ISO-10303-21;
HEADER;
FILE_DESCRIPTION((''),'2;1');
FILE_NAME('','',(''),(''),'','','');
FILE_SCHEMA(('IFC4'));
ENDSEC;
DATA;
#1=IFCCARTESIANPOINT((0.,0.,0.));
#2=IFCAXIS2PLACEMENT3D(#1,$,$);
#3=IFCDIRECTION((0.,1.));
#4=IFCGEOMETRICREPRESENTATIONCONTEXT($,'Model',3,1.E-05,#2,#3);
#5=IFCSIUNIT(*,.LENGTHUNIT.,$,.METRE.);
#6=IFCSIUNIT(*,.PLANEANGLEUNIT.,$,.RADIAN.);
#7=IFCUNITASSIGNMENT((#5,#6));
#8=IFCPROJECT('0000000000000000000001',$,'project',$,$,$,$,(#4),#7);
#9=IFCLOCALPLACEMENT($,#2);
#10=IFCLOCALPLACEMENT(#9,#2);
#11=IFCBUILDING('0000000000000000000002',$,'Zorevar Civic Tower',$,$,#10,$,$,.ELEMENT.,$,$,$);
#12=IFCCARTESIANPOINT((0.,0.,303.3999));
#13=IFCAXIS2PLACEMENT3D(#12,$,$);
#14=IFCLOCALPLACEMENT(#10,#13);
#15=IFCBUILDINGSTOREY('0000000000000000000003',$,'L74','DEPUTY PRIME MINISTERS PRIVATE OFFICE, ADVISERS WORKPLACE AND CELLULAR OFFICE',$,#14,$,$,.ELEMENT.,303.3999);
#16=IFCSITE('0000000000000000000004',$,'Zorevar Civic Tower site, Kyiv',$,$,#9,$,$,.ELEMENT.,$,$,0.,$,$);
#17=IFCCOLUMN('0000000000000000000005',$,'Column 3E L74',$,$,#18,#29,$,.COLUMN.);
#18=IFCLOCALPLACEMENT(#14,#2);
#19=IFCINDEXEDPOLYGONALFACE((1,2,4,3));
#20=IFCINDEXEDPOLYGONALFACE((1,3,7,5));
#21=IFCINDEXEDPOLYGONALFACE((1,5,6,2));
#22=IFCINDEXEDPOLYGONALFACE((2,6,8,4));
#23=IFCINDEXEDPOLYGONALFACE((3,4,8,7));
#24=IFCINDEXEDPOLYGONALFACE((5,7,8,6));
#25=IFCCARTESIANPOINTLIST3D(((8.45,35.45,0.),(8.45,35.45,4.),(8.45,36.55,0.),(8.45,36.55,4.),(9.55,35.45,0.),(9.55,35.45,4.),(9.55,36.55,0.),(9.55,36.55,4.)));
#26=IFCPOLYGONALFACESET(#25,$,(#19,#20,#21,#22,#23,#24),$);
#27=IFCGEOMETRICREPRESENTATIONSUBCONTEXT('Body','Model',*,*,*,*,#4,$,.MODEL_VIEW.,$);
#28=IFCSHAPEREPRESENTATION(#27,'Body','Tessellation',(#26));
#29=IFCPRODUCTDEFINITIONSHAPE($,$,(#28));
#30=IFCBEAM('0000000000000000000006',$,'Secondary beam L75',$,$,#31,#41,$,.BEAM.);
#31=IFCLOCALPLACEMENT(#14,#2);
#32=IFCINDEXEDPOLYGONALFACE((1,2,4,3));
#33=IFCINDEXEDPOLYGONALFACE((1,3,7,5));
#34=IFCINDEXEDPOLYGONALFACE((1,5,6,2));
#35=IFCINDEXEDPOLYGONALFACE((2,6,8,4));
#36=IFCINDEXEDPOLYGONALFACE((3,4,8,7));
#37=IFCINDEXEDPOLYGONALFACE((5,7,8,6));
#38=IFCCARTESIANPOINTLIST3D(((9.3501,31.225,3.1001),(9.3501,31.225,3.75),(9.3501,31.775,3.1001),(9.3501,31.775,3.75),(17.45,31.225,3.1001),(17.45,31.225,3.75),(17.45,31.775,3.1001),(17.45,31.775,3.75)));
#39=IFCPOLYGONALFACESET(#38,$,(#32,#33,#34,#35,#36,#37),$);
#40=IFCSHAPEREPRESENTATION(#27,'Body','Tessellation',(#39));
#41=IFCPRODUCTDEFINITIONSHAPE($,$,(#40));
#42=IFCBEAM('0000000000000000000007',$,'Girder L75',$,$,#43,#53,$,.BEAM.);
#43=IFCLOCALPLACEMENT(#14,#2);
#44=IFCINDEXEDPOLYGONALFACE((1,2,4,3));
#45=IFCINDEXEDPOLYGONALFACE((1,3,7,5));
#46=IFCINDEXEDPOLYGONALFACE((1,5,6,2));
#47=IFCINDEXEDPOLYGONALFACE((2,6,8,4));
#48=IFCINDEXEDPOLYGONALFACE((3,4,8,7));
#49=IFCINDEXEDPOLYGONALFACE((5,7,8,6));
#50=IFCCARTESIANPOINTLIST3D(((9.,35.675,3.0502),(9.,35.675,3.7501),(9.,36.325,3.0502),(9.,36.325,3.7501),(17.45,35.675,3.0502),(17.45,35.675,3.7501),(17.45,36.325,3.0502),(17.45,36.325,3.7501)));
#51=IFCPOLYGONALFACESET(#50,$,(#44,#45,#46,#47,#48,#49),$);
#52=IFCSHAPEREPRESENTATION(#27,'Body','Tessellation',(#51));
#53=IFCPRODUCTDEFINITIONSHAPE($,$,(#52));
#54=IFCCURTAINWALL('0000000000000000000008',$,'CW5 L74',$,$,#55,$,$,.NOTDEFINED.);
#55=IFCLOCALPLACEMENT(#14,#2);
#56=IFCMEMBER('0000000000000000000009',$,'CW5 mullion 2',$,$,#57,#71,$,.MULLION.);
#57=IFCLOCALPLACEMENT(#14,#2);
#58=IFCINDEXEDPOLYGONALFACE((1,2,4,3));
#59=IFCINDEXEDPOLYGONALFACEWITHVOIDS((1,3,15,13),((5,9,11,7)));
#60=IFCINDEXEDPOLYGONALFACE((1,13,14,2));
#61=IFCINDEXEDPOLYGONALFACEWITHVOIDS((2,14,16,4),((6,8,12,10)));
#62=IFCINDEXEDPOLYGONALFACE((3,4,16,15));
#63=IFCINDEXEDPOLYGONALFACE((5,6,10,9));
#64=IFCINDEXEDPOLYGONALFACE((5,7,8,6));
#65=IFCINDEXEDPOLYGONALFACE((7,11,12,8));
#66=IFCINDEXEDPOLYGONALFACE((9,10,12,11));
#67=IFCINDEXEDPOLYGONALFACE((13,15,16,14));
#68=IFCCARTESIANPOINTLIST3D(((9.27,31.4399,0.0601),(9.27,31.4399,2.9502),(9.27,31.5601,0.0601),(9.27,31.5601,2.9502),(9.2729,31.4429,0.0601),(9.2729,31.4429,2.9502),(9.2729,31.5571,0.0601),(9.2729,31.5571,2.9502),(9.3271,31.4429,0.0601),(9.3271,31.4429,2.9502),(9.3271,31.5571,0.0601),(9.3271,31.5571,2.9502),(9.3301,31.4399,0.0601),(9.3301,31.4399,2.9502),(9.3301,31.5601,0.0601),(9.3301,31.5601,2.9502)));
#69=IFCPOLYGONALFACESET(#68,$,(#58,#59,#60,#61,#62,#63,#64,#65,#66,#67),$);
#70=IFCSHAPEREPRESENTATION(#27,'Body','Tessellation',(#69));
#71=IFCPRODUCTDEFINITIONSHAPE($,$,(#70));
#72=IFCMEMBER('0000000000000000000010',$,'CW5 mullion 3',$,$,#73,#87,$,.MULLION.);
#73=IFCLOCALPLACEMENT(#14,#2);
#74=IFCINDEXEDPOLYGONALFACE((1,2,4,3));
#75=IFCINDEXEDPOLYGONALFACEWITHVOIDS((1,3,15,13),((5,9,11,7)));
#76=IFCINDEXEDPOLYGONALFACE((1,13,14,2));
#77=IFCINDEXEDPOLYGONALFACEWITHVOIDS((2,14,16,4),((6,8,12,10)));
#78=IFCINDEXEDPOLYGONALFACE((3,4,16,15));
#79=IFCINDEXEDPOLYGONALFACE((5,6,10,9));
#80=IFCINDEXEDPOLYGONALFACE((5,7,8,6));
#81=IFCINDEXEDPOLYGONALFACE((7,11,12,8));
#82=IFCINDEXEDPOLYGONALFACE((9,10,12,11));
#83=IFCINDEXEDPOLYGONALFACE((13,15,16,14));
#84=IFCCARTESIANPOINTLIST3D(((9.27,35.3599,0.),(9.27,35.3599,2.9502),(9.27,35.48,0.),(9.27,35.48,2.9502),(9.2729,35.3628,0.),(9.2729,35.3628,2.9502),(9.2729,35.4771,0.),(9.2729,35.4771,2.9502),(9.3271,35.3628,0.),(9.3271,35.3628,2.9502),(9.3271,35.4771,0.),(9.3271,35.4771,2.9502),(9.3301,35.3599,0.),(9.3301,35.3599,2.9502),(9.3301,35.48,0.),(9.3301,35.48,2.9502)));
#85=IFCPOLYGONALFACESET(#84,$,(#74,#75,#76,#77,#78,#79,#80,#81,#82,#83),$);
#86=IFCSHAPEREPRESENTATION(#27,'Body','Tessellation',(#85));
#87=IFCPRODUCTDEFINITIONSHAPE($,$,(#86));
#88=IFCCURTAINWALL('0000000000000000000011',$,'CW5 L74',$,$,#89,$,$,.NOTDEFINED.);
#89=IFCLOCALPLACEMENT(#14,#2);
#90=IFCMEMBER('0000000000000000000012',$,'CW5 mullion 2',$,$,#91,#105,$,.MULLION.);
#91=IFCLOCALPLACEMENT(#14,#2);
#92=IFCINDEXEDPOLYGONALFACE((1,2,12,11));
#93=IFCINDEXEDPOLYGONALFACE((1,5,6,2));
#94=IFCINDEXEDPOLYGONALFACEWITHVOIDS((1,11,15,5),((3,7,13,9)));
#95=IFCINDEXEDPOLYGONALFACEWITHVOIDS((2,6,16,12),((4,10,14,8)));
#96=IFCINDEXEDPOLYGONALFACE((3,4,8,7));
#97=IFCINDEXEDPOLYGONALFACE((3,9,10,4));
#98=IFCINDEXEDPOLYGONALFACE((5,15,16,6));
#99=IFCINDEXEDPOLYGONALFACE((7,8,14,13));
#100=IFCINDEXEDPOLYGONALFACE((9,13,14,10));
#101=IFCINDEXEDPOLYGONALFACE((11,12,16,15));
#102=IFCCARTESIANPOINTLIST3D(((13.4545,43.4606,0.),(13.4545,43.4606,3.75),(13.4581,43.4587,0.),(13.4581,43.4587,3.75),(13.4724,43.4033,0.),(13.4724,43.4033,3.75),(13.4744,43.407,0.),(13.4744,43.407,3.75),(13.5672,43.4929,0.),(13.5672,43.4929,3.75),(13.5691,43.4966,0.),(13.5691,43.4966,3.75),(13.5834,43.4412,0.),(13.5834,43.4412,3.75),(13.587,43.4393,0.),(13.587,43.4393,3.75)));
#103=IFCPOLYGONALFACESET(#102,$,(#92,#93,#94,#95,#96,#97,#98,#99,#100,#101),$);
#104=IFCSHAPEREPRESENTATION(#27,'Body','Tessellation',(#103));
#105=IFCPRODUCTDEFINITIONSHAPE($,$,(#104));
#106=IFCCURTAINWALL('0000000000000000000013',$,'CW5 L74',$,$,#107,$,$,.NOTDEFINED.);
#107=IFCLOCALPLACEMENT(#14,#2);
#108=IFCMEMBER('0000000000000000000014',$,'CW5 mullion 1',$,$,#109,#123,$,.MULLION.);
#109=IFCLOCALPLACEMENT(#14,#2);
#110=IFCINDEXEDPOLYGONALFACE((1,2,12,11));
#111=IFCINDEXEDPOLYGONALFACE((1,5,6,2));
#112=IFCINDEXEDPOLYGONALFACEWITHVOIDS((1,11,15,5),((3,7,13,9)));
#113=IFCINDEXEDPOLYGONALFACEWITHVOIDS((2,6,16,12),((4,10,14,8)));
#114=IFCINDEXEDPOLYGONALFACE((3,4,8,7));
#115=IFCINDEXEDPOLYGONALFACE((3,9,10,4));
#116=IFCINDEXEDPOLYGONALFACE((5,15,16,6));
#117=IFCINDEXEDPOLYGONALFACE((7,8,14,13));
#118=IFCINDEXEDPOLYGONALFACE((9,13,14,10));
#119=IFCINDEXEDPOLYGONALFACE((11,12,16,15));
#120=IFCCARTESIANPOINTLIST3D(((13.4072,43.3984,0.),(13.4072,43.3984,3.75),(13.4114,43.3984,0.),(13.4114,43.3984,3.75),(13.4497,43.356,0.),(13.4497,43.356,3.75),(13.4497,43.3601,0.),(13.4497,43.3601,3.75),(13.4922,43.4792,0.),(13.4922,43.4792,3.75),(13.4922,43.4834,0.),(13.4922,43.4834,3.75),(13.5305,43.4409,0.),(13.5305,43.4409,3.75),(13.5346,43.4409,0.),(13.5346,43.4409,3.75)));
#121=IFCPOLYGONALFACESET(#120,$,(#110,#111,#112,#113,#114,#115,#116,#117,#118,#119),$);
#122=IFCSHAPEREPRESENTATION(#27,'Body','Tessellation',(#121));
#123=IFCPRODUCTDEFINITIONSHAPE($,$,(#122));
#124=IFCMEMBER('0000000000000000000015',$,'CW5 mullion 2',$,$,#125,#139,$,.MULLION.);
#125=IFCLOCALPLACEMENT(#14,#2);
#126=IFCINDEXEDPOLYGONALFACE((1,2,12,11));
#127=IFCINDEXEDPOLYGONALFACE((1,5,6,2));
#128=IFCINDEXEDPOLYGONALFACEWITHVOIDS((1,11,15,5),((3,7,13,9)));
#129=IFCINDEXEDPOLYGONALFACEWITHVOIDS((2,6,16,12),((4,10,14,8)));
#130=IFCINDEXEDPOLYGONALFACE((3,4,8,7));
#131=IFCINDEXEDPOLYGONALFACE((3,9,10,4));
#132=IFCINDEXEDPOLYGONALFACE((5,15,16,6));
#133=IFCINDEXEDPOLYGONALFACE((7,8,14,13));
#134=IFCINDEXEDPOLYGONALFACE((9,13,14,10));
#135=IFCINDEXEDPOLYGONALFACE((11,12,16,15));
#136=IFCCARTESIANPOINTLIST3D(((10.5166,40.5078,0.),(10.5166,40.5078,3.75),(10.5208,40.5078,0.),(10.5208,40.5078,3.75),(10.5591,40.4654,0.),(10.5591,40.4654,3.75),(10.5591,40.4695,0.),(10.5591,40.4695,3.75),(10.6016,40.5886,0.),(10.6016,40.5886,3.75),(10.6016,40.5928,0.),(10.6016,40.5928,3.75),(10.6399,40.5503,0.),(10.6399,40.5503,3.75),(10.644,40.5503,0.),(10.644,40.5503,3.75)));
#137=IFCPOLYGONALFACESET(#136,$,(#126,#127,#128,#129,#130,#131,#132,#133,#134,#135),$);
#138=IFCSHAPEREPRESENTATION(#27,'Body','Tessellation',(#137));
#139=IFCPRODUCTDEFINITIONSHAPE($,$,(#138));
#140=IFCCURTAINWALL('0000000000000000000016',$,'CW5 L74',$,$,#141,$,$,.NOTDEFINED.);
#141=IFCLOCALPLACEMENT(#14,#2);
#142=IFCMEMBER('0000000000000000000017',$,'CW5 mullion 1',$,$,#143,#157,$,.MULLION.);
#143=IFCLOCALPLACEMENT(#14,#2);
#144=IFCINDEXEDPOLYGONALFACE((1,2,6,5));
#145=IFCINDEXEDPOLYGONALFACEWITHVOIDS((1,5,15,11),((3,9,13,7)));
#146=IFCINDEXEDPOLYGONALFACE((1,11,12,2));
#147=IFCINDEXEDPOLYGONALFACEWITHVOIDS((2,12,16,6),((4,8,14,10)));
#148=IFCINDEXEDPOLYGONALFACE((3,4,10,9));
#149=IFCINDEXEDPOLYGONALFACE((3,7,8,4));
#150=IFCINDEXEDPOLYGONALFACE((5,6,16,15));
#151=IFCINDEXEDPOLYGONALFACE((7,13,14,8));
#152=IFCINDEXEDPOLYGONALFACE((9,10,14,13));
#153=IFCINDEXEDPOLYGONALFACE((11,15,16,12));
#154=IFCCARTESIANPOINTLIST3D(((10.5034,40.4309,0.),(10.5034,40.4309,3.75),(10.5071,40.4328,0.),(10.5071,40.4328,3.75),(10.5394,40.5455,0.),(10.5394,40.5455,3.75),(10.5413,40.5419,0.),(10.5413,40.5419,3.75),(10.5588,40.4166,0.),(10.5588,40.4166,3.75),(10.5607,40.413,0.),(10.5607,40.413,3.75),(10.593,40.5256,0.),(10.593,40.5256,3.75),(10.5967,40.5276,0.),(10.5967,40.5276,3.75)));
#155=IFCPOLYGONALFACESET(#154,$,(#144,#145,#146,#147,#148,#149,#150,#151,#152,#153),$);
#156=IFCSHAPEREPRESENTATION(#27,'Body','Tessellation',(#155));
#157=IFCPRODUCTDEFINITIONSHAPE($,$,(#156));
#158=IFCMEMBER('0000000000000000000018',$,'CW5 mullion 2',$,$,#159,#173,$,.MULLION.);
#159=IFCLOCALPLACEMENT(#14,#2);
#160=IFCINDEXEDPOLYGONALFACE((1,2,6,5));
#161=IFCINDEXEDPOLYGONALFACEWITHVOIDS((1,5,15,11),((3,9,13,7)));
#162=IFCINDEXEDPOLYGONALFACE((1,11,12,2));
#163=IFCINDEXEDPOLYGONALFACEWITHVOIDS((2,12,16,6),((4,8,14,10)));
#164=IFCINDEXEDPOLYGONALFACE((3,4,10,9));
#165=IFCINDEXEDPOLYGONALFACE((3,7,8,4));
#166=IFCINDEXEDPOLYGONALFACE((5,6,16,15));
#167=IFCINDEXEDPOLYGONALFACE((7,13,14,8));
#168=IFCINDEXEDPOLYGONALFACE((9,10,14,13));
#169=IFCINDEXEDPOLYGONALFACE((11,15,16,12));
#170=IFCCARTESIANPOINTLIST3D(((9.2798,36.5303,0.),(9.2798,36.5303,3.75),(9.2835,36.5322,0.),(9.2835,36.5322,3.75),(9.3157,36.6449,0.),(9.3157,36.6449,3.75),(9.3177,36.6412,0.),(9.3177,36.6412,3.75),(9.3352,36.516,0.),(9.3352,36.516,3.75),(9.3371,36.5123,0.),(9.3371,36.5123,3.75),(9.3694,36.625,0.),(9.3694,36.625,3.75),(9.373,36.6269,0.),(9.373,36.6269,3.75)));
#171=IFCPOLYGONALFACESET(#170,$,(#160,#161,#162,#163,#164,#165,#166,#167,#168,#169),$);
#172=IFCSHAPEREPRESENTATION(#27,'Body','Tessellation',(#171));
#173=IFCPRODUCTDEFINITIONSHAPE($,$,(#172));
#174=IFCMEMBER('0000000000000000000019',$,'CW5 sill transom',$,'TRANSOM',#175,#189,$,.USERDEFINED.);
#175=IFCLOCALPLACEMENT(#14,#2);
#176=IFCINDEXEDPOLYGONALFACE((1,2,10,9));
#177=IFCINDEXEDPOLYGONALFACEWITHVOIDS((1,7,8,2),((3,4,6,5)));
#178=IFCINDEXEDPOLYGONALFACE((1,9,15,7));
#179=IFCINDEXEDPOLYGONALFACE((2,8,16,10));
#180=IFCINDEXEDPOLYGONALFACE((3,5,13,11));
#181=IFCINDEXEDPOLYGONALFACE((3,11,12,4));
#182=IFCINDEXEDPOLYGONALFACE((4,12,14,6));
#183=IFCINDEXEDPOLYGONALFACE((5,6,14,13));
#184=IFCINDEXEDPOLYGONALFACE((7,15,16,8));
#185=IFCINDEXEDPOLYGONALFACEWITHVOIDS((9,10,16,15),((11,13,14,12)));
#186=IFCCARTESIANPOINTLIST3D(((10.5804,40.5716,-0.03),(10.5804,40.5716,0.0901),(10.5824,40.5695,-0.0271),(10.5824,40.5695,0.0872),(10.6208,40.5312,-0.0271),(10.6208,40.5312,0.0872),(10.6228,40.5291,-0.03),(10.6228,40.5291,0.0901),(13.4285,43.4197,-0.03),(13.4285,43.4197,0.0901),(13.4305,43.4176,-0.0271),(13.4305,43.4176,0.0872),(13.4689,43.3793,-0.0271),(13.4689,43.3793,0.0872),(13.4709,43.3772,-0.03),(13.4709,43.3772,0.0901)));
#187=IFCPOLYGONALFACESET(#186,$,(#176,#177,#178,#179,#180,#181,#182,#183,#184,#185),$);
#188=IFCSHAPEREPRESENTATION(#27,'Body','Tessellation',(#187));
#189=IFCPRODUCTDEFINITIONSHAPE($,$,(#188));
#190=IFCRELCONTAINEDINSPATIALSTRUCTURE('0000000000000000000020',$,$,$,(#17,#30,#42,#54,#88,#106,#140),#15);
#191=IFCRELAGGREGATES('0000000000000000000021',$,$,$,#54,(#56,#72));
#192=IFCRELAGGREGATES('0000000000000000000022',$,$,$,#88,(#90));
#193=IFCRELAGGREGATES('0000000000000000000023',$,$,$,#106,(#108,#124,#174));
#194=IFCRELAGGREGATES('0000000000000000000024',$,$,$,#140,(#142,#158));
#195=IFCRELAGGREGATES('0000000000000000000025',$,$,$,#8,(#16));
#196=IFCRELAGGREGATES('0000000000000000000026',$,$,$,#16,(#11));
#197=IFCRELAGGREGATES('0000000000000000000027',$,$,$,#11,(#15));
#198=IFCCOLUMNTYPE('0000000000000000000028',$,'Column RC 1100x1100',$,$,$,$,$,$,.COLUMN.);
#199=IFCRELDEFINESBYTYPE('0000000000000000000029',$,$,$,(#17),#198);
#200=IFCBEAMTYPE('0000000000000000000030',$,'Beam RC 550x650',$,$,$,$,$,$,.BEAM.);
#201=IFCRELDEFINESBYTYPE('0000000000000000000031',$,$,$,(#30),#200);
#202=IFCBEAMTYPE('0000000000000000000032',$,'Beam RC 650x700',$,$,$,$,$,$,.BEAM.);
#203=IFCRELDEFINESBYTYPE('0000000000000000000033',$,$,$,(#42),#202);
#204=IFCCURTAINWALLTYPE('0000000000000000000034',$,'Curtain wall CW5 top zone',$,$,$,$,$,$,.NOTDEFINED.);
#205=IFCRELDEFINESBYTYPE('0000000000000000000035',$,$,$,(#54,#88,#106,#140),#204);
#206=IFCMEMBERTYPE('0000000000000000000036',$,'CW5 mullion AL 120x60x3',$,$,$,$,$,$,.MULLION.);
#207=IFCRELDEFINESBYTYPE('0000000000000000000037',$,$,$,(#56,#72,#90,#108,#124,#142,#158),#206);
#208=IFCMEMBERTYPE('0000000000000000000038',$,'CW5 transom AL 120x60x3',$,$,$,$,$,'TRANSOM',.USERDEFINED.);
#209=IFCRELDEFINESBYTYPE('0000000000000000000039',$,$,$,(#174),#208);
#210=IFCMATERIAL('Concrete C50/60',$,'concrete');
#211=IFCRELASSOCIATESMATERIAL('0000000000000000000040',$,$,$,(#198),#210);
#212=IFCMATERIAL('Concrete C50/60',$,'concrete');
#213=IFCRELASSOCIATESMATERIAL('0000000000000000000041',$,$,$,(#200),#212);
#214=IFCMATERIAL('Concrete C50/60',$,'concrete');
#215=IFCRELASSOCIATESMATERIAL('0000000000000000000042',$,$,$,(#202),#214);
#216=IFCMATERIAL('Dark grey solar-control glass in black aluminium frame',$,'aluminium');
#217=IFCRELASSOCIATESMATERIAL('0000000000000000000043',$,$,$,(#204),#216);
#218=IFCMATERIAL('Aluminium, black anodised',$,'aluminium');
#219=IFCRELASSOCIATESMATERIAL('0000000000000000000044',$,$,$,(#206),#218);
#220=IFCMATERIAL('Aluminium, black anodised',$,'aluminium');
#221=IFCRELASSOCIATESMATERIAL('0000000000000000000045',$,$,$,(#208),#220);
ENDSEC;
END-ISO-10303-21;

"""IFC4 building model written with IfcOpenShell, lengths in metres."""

from ifc_helpers import new_model, si_unit, direction, frame, origin, origin_2d, place, context, subcontext, project, spatial, rectangle, hollow_rectangle, extrude, material, material_profile, profile_set, type_object, element, aggregate, save


model = new_model("IFC4")

# Units and contexts
model_context = context("Model", 3, precision=1e-05, world=origin(), true_north=direction((0.0, 1.0)))
body_context = subcontext(model_context, "Body", "Model", "MODEL_VIEW")
ifc_project = project(units=[si_unit("LENGTHUNIT", "METRE"), si_unit("PLANEANGLEUNIT", "RADIAN")], contexts=[model_context])

# Site, building, storey
site_placement = place(None, origin())
site = spatial("IfcSite", under=ifc_project, at=site_placement, Name="Zorevar Civic Tower site, Kyiv", CompositionType="ELEMENT", RefElevation=0.0)
building_placement = place(site_placement, origin())
building = spatial("IfcBuilding", under=site, at=building_placement, Name="Zorevar Civic Tower", CompositionType="ELEMENT")
storey_placement = place(building_placement, frame((0.0, 0.0, 303.3999)))
storey = spatial("IfcBuildingStorey", under=building, at=storey_placement, Name="L74", Description="DEPUTY PRIME MINISTERS PRIVATE OFFICE, ADVISERS WORKPLACE AND CELLULAR OFFICE", CompositionType="ELEMENT", Elevation=303.3999)

# Column
ifc_material_1 = material(Name="Concrete C50/60", Category="concrete")
ifc_material_profile_1 = material_profile(ifc_material_1, rectangle(XDim=1.1001, YDim=1.1001, at=origin_2d()), Name="RC 1100x1100")
ifc_profile_set_1 = profile_set([ifc_material_profile_1], Name="Concrete C50/60")
column_type = type_object("IfcColumnType", Name="Column RC 1100x1100", PredefinedType="COLUMN", material=ifc_profile_set_1)
column_placement = place(storey_placement, frame((9.0, 36.0, 0.0), z_axis=(0.0, 0.0, 1.0), x_axis=(1.0, 0.0, 0.0)))
element("IfcColumn", 1, at=column_placement, inside=storey, type_object=column_type, Name="Column 3E L74", PredefinedType="COLUMN", context=body_context, shape_type="SweptSolid", body=[
    extrude(rectangle(XDim=1.1001, YDim=1.1001, at=origin_2d()), origin(), (0.0, 0.0, 1.0), 4.0),
])

# Beams
ifc_material_2 = material(Name="Concrete C50/60", Category="concrete")
ifc_material_profile_2 = material_profile(ifc_material_2, rectangle(XDim=0.55, YDim=0.6499, at=origin_2d()), Name="RC 550x650")
ifc_profile_set_2 = profile_set([ifc_material_profile_2], Name="Concrete C50/60")
beam_type_1 = type_object("IfcBeamType", Name="Beam RC 550x650", PredefinedType="BEAM", material=ifc_profile_set_2)
beam_1_placement = place(storey_placement, frame((9.3501, 31.5, 3.425), z_axis=(1.0, 0.0, 0.0), x_axis=(0.0, 1.0, 0.0)))
element("IfcBeam", 2, at=beam_1_placement, inside=storey, type_object=beam_type_1, Name="Secondary beam L75", PredefinedType="BEAM", context=body_context, shape_type="SweptSolid", body=[
    extrude(rectangle(XDim=0.55, YDim=0.6499, at=origin_2d()), origin(), (0.0, 0.0, 1.0), 8.0999),
])
ifc_material_3 = material(Name="Concrete C50/60", Category="concrete")
ifc_material_profile_3 = material_profile(ifc_material_3, rectangle(XDim=0.6499, YDim=0.7, at=origin_2d()), Name="RC 650x700")
ifc_profile_set_3 = profile_set([ifc_material_profile_3], Name="Concrete C50/60")
beam_type_2 = type_object("IfcBeamType", Name="Beam RC 650x700", PredefinedType="BEAM", material=ifc_profile_set_3)
beam_2_placement = place(storey_placement, frame((9.0, 36.0, 3.4001), z_axis=(1.0, 0.0, 0.0), x_axis=(0.0, 1.0, 0.0)))
element("IfcBeam", 3, at=beam_2_placement, inside=storey, type_object=beam_type_2, Name="Girder L75", PredefinedType="BEAM", context=body_context, shape_type="SweptSolid", body=[
    extrude(rectangle(XDim=0.6499, YDim=0.7, at=origin_2d()), origin(), (0.0, 0.0, 1.0), 8.45),
])

# Curtain wall, members
ifc_material_4 = material(Name="Dark grey solar-control glass in black aluminium frame", Category="aluminium")
curtain_wall_type = type_object("IfcCurtainWallType", Name="Curtain wall CW5 top zone", PredefinedType="NOTDEFINED", material=ifc_material_4)
curtain_wall_1_placement = place(storey_placement, origin())
curtain_wall_1 = element("IfcCurtainWall", 4, at=curtain_wall_1_placement, inside=storey, type_object=curtain_wall_type, Name="CW5 L74", PredefinedType="NOTDEFINED")
ifc_material_5 = material(Name="Aluminium, black anodised", Category="aluminium")
ifc_material_profile_4 = material_profile(ifc_material_5, hollow_rectangle(XDim=0.0601, YDim=0.1201, WallThickness=0.0029, at=origin_2d()), Name="AL 120x60x3")
ifc_profile_set_4 = profile_set([ifc_material_profile_4], Name="Aluminium, black anodised")
member_type_1 = type_object("IfcMemberType", Name="CW5 mullion AL 120x60x3", PredefinedType="MULLION", material=ifc_profile_set_4)
member_1_placement = place(storey_placement, frame((9.3, 31.5, 0.0601), z_axis=(0.0, 0.0, 1.0), x_axis=(-1.0, 0.0, 0.0)))
member_1 = element("IfcMember", 5, at=member_1_placement, type_object=member_type_1, Name="CW5 mullion 2", PredefinedType="MULLION", context=body_context, shape_type="SweptSolid", body=[
    extrude(hollow_rectangle(XDim=0.0601, YDim=0.1201, WallThickness=0.0029, at=origin_2d()), origin(), (0.0, 0.0, 1.0), 2.8901),
])
member_2_placement = place(storey_placement, frame((9.3, 35.4199, 0.0), z_axis=(0.0, 0.0, 1.0), x_axis=(-1.0, 0.0, 0.0)))
member_2 = element("IfcMember", 6, at=member_2_placement, type_object=member_type_1, Name="CW5 mullion 3", PredefinedType="MULLION", context=body_context, shape_type="SweptSolid", body=[
    extrude(hollow_rectangle(XDim=0.0601, YDim=0.1201, WallThickness=0.0029, at=origin_2d()), origin(), (0.0, 0.0, 1.0), 2.9502),
])

# Curtain wall, member
curtain_wall_2_placement = place(storey_placement, origin())
curtain_wall_2 = element("IfcCurtainWall", 7, at=curtain_wall_2_placement, inside=storey, type_object=curtain_wall_type, Name="CW5 L74", PredefinedType="NOTDEFINED")
member_3_placement = place(storey_placement, frame((13.5208, 43.45, 0.0), z_axis=(0.0, 0.0, 1.0), x_axis=(0.299318, -0.954153, 0.0)))
member_3 = element("IfcMember", 8, at=member_3_placement, type_object=member_type_1, Name="CW5 mullion 2", PredefinedType="MULLION", context=body_context, shape_type="SweptSolid", body=[
    extrude(hollow_rectangle(XDim=0.0601, YDim=0.1201, WallThickness=0.0029, at=origin_2d()), origin(), (0.0, 0.0, 1.0), 3.75),
])

# Curtain walls, members
curtain_wall_3_placement = place(storey_placement, origin())
curtain_wall_3 = element("IfcCurtainWall", 9, at=curtain_wall_3_placement, inside=storey, type_object=curtain_wall_type, Name="CW5 L74", PredefinedType="NOTDEFINED")
member_4_placement = place(storey_placement, frame((13.4709, 43.4197, 0.0), z_axis=(0.0, 0.0, 1.0), x_axis=(0.707107, -0.707107, 0.0)))
member_4 = element("IfcMember", 10, at=member_4_placement, type_object=member_type_1, Name="CW5 mullion 1", PredefinedType="MULLION", context=body_context, shape_type="SweptSolid", body=[
    extrude(hollow_rectangle(XDim=0.0601, YDim=0.1201, WallThickness=0.0029, at=origin_2d()), origin(), (0.0, 0.0, 1.0), 3.75),
])
member_5_placement = place(storey_placement, frame((10.5803, 40.5291, 0.0), z_axis=(0.0, 0.0, 1.0), x_axis=(0.707107, -0.707107, 0.0)))
member_5 = element("IfcMember", 11, at=member_5_placement, type_object=member_type_1, Name="CW5 mullion 2", PredefinedType="MULLION", context=body_context, shape_type="SweptSolid", body=[
    extrude(hollow_rectangle(XDim=0.0601, YDim=0.1201, WallThickness=0.0029, at=origin_2d()), origin(), (0.0, 0.0, 1.0), 3.75),
])
curtain_wall_4_placement = place(storey_placement, origin())
curtain_wall_4 = element("IfcCurtainWall", 12, at=curtain_wall_4_placement, inside=storey, type_object=curtain_wall_type, Name="CW5 L74", PredefinedType="NOTDEFINED")
member_6_placement = place(storey_placement, frame((10.55, 40.4792, 0.0), z_axis=(0.0, 0.0, 1.0), x_axis=(0.954153, -0.299318, 0.0)))
member_6 = element("IfcMember", 13, at=member_6_placement, type_object=member_type_1, Name="CW5 mullion 1", PredefinedType="MULLION", context=body_context, shape_type="SweptSolid", body=[
    extrude(hollow_rectangle(XDim=0.0601, YDim=0.1201, WallThickness=0.0029, at=origin_2d()), origin(), (0.0, 0.0, 1.0), 3.75),
])
member_7_placement = place(storey_placement, frame((9.3264, 36.5786, 0.0), z_axis=(0.0, 0.0, 1.0), x_axis=(0.954153, -0.299318, 0.0)))
member_7 = element("IfcMember", 14, at=member_7_placement, type_object=member_type_1, Name="CW5 mullion 2", PredefinedType="MULLION", context=body_context, shape_type="SweptSolid", body=[
    extrude(hollow_rectangle(XDim=0.0601, YDim=0.1201, WallThickness=0.0029, at=origin_2d()), origin(), (0.0, 0.0, 1.0), 3.75),
])

# Member
ifc_material_6 = material(Name="Aluminium, black anodised", Category="aluminium")
ifc_material_profile_5 = material_profile(ifc_material_6, hollow_rectangle(XDim=0.0601, YDim=0.1201, WallThickness=0.0029, at=origin_2d()), Name="AL 120x60x3")
ifc_profile_set_5 = profile_set([ifc_material_profile_5], Name="Aluminium, black anodised")
member_type_2 = type_object("IfcMemberType", Name="CW5 transom AL 120x60x3", ElementType="TRANSOM", PredefinedType="USERDEFINED", material=ifc_profile_set_5)
member_8_placement = place(storey_placement, frame((13.4497, 43.3984, 0.03), z_axis=(-0.707107, -0.707107, 0.0), x_axis=(0.707107, -0.707107, 0.0)))
member_8 = element("IfcMember", 15, at=member_8_placement, type_object=member_type_2, Name="CW5 sill transom", ObjectType="TRANSOM", PredefinedType="USERDEFINED", context=body_context, shape_type="SweptSolid", body=[
    extrude(hollow_rectangle(XDim=0.0601, YDim=0.1201, WallThickness=0.0029, at=origin_2d()), origin(), (0.0, 0.0, 1.0), 4.0278),
])

aggregate(curtain_wall_1, [member_1, member_2])
aggregate(curtain_wall_2, [member_3])
aggregate(curtain_wall_3, [member_4, member_5, member_8])
aggregate(curtain_wall_4, [member_6, member_7])

save(model, "model.ifc")
